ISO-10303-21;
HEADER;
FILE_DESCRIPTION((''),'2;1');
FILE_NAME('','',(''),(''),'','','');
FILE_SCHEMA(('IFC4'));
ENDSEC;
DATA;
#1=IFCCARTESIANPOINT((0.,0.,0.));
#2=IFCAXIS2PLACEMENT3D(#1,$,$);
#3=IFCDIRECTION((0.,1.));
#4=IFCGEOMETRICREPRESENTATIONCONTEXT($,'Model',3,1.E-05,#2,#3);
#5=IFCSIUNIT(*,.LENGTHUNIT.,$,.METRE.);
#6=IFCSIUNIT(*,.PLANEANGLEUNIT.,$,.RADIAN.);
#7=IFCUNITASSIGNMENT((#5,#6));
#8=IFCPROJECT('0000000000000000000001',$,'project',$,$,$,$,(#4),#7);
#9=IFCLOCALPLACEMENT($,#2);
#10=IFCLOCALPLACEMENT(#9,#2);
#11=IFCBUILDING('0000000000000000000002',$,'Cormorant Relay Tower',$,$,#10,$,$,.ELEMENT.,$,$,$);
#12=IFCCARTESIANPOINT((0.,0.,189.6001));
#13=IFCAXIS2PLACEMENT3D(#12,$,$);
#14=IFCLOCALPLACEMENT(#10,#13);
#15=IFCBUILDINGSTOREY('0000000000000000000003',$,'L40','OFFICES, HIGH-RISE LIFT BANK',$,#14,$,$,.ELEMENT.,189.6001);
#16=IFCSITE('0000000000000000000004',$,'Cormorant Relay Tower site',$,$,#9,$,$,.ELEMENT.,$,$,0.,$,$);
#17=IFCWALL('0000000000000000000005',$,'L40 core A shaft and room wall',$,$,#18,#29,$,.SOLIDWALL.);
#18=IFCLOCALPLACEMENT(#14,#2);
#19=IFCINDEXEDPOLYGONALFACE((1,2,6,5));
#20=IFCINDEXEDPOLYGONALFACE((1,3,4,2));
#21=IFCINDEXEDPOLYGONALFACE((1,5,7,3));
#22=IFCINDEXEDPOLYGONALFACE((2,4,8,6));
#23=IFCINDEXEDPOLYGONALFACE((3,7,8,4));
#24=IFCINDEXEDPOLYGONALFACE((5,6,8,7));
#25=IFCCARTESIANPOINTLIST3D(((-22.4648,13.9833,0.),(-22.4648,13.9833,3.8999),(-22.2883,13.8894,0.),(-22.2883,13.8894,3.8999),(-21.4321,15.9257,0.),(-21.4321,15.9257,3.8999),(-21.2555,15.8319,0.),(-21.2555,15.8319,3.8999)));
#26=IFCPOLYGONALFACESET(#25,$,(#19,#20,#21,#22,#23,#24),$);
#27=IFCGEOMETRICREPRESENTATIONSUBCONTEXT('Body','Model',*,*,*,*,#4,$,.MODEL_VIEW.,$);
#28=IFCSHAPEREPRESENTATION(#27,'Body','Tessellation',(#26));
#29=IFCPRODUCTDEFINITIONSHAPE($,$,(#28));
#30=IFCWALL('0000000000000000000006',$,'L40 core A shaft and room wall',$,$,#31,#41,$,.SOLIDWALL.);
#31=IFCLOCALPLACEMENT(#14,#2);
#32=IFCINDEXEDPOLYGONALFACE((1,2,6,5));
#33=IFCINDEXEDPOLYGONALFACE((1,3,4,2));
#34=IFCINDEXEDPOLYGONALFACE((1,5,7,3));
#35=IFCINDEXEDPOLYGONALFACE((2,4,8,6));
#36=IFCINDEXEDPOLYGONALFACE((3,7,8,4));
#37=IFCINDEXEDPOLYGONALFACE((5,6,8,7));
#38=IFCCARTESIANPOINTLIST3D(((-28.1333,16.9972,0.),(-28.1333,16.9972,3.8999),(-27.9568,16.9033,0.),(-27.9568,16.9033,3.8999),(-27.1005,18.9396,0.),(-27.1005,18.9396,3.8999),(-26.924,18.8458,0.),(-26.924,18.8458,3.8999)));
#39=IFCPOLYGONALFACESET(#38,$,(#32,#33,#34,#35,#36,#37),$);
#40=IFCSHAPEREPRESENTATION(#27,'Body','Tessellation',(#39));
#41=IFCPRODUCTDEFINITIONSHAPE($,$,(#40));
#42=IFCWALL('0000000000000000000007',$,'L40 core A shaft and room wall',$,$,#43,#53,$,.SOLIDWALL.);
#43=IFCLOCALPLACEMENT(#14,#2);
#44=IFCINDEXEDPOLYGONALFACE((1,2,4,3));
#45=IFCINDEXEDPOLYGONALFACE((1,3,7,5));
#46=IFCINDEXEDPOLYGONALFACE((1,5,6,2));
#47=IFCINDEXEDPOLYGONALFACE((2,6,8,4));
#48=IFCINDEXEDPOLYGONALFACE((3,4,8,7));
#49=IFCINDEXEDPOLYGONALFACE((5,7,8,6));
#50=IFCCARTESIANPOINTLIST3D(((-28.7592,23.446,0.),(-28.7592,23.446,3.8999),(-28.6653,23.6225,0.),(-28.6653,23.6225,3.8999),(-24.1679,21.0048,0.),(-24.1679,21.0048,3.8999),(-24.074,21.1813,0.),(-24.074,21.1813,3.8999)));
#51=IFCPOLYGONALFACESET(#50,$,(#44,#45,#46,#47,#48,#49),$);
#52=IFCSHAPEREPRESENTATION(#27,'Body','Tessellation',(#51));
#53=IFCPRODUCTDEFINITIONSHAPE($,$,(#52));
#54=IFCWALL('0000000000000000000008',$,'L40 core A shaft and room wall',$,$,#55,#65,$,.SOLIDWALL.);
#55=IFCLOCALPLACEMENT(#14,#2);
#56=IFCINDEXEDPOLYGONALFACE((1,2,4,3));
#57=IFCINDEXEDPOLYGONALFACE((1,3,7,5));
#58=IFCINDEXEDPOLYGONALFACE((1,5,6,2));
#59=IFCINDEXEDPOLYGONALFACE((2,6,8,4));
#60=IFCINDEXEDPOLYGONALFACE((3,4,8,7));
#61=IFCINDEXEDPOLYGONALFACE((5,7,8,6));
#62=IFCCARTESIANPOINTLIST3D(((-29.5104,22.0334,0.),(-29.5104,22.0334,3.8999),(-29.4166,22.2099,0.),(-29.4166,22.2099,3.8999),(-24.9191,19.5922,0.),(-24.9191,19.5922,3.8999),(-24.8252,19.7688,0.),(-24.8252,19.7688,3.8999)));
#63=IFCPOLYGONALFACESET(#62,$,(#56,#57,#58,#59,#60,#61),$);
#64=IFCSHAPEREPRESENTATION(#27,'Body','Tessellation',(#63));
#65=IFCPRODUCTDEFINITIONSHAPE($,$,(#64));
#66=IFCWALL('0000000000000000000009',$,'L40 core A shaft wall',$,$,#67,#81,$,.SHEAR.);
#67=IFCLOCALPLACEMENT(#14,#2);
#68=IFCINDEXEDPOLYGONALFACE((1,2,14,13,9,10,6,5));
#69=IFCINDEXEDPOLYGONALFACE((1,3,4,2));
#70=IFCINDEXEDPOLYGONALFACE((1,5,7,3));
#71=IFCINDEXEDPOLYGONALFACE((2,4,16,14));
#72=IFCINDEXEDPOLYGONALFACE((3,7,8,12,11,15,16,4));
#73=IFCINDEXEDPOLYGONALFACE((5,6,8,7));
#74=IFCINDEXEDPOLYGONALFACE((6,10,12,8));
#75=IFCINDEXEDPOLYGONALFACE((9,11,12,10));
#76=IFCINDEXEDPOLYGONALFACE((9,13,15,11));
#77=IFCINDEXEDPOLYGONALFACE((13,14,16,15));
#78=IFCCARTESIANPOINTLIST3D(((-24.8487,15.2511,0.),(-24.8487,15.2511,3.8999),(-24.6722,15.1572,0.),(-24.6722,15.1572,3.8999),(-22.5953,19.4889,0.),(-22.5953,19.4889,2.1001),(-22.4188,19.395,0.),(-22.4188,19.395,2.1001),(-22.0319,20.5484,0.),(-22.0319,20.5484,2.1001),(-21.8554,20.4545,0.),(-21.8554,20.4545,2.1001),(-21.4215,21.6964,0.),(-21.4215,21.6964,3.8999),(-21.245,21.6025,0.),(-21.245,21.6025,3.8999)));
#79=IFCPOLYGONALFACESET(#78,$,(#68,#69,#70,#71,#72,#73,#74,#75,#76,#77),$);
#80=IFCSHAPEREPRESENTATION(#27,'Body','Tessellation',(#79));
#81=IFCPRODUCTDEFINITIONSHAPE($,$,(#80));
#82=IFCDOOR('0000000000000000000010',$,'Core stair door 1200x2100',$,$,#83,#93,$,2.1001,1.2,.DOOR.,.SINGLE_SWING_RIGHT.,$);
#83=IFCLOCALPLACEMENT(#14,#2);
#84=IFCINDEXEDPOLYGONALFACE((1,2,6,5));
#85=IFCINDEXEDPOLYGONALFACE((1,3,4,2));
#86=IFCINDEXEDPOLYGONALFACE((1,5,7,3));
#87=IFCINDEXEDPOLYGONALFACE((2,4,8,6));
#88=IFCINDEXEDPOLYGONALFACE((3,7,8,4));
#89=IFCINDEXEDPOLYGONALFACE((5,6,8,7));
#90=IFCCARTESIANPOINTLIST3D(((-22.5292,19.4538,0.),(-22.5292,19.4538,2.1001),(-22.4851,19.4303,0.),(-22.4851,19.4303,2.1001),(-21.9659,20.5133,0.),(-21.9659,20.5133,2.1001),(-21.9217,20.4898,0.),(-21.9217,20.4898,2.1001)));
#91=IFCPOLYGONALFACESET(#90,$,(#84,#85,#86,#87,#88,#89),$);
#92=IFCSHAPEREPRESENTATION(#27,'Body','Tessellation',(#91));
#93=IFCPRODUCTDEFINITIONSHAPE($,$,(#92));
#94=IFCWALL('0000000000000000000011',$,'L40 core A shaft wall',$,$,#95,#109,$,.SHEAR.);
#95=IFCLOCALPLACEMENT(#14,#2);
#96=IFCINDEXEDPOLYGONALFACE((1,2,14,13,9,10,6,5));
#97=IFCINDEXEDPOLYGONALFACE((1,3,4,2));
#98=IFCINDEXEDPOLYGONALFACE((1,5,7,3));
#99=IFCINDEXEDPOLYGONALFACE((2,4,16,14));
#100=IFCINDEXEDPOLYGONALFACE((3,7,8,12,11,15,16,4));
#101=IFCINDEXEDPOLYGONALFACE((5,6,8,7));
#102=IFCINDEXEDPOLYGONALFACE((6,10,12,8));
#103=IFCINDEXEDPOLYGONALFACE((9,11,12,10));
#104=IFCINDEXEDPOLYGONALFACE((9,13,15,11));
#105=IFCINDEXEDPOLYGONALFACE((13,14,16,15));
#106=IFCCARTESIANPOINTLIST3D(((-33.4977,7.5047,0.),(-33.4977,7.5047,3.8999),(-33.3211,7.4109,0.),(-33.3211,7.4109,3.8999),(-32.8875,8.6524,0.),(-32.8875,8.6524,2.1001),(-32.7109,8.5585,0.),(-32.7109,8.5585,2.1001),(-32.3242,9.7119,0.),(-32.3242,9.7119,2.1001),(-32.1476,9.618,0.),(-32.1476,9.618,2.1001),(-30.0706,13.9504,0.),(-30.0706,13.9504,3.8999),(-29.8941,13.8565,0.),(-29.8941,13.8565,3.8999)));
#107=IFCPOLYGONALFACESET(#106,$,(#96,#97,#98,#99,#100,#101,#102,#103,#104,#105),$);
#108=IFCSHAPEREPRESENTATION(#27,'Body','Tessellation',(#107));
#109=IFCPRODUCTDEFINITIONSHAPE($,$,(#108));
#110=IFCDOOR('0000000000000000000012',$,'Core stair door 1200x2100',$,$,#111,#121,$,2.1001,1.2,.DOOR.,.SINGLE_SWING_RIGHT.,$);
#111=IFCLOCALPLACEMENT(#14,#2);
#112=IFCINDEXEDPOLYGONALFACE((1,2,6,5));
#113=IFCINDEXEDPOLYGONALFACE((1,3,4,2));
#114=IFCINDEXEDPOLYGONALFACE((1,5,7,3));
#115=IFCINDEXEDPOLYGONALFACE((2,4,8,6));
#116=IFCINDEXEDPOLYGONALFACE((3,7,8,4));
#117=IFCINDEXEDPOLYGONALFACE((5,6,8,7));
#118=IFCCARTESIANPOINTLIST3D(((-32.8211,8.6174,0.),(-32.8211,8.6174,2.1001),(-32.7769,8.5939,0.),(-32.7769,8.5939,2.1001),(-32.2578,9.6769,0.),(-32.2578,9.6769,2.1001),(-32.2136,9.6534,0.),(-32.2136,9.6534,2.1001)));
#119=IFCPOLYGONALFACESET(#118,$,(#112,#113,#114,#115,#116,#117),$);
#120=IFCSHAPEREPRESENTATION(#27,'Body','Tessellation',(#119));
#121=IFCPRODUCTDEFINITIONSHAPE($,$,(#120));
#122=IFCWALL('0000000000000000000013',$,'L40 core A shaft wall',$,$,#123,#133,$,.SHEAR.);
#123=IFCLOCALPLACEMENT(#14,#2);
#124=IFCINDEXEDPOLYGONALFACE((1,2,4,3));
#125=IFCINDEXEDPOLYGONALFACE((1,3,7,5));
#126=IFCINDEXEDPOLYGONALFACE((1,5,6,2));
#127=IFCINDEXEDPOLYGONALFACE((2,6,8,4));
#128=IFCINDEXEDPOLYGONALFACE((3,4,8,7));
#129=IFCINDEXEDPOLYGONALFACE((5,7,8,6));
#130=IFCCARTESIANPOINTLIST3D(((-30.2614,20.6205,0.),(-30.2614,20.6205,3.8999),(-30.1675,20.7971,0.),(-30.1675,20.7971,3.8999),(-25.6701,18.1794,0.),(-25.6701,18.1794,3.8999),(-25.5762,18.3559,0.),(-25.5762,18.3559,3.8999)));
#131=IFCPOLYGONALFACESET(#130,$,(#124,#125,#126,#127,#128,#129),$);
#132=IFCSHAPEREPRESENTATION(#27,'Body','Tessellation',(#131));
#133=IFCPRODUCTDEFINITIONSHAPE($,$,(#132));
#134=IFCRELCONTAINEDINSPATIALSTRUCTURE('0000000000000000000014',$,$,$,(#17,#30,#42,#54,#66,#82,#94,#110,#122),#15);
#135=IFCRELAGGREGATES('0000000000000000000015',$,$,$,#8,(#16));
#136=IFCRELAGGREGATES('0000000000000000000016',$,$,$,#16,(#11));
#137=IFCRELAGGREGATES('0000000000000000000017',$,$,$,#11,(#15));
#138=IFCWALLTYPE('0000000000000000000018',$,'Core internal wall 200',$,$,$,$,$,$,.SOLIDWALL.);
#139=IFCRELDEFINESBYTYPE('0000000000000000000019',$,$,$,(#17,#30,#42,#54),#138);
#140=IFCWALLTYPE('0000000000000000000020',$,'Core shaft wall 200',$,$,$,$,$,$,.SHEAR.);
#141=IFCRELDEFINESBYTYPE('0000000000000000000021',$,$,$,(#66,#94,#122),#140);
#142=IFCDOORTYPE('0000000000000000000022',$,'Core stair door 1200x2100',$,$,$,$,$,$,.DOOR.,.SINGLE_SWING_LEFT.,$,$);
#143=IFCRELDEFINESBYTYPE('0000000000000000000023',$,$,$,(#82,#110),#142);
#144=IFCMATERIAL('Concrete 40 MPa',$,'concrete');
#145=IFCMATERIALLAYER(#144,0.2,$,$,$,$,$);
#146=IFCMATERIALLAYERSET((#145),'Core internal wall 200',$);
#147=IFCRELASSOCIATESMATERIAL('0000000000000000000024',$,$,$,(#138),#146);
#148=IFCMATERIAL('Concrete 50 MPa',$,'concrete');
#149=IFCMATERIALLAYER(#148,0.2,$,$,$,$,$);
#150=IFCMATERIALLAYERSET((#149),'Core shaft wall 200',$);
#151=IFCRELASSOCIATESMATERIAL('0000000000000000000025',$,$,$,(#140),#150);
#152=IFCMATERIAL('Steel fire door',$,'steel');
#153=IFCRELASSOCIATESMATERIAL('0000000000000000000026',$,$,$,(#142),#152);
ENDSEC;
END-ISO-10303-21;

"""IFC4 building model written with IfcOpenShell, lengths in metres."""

from ifc_helpers import new_model, si_unit, direction, frame, frame_2d, origin, place, context, subcontext, project, spatial, rectangle, extrude, material, layer, layer_set, type_object, element, fill, save


model = new_model("IFC4")

# Units and contexts
model_context = context("Model", 3, precision=1e-05, world=origin(), true_north=direction((0.0, 1.0)))
body_context = subcontext(model_context, "Body", "Model", "MODEL_VIEW")
ifc_project = project(units=[si_unit("LENGTHUNIT", "METRE"), si_unit("PLANEANGLEUNIT", "RADIAN")], contexts=[model_context])

# Site, building, storey
site_placement = place(None, origin())
site = spatial("IfcSite", under=ifc_project, at=site_placement, Name="Cormorant Relay Tower site", CompositionType="ELEMENT", RefElevation=0.0)
building_placement = place(site_placement, origin())
building = spatial("IfcBuilding", under=site, at=building_placement, Name="Cormorant Relay Tower", CompositionType="ELEMENT")
storey_placement = place(building_placement, frame((0.0, 0.0, 189.6001)))
storey = spatial("IfcBuildingStorey", under=building, at=storey_placement, Name="L40", Description="OFFICES, HIGH-RISE LIFT BANK", CompositionType="ELEMENT", Elevation=189.6001)

# Walls
ifc_material_1 = material(Name="Concrete 40 MPa", Category="concrete")
ifc_layer_1 = layer(ifc_material_1, 0.2)
ifc_layer_set_1 = layer_set([ifc_layer_1], Name="Core internal wall 200")
wall_type_1 = type_object("IfcWallType", Name="Core internal wall 200", PredefinedType="SOLIDWALL", material=ifc_layer_set_1)
for number, where, z_axis, x_axis, name in (
    (1, (-21.3438, 15.8789, 0.0), (0.0, 0.0, 1.0), (-0.469447, -0.88296, 0.0), "L40 core A shaft and room wall"),
    (2, (-27.0122, 18.8928, 0.0), (0.0, 0.0, 1.0), (-0.469447, -0.88296, 0.0), "L40 core A shaft and room wall"),
):
    element("IfcWall", number, at=place(storey_placement, frame(where, z_axis=z_axis, x_axis=x_axis)), inside=storey, type_object=wall_type_1, Name=name, PredefinedType="SOLIDWALL", context=body_context, shape_type="SweptSolid", body=[
        extrude(rectangle(XDim=2.2, YDim=0.2, at=frame_2d((1.1001, 0.0))), origin(), (0.0, 0.0, 1.0), 3.8999),
    ])
for number, where, z_axis, x_axis, name in (
    (3, (-24.1208, 21.093, 0.0), (0.0, 0.0, 1.0), (-0.882954, 0.46946, 0.0), "L40 core A shaft and room wall"),
    (4, (-24.8721, 19.6804, 0.0), (0.0, 0.0, 1.0), (-0.882954, 0.46946, 0.0), "L40 core A shaft and room wall"),
):
    element("IfcWall", number, at=place(storey_placement, frame(where, z_axis=z_axis, x_axis=x_axis)), inside=storey, type_object=wall_type_1, Name=name, PredefinedType="SOLIDWALL", context=body_context, shape_type="SweptSolid", body=[
        extrude(rectangle(XDim=5.2, YDim=0.2, at=frame_2d((2.6001, 0.0))), origin(), (0.0, 0.0, 1.0), 3.8999),
    ])

# Walls, openings, doors
ifc_material_2 = material(Name="Concrete 50 MPa", Category="concrete")
ifc_layer_2 = layer(ifc_material_2, 0.2)
ifc_layer_set_2 = layer_set([ifc_layer_2], Name="Core shaft wall 200")
wall_type_2 = type_object("IfcWallType", Name="Core shaft wall 200", PredefinedType="SHEAR", material=ifc_layer_set_2)
wall_1_placement = place(storey_placement, frame((-21.3333, 21.6494, 0.0), z_axis=(0.0, 0.0, 1.0), x_axis=(-0.469494, -0.882936, 0.0)))
wall_1 = element("IfcWall", 5, at=wall_1_placement, inside=storey, type_object=wall_type_2, Name="L40 core A shaft wall", PredefinedType="SHEAR", context=body_context, shape_type="SweptSolid", body=[
    extrude(rectangle(XDim=7.2998, YDim=0.2, at=frame_2d((3.6499, 0.0))), origin(), (0.0, 0.0, 1.0), 3.8999),
])
opening_1_placement = place(wall_1_placement, frame((1.3, 0.0, 0.0)))
opening_1 = element("IfcOpeningElement", 6, at=opening_1_placement, cuts=wall_1, PredefinedType="OPENING", context=body_context, shape_type="SweptSolid", body=[
    extrude(rectangle(XDim=1.2, YDim=2.1001, at=frame_2d((0.6001, 1.05))), frame((0.0, 0.1099, 0.0), z_axis=(0.0, -1.0, 0.0), x_axis=(1.0, 0.0, 0.0)), (0.0, 0.0, 1.0), 0.22),
])
ifc_material_3 = material(Name="Steel fire door", Category="steel")
door_type_1 = type_object("IfcDoorType", Name="Core stair door 1200x2100", OperationType="SINGLE_SWING_LEFT", PredefinedType="DOOR", material=ifc_material_3)
door_1_placement = place(opening_1_placement, origin())
door_1 = element("IfcDoor", 7, at=door_1_placement, inside=storey, type_object=door_type_1, Name="Core stair door 1200x2100", OperationType="SINGLE_SWING_RIGHT", OverallHeight=2.1001, OverallWidth=1.2, PredefinedType="DOOR", context=body_context, shape_type="SweptSolid", body=[
    extrude(rectangle(XDim=1.2, YDim=2.1001, at=frame_2d((0.6001, 1.05))), frame((0.0, 0.0249, 0.0), z_axis=(0.0, -1.0, 0.0), x_axis=(1.0, 0.0, 0.0)), (0.0, 0.0, 1.0), 0.05),
])
fill(opening_1, door_1)
wall_2_placement = place(storey_placement, frame((-29.9824, 13.9033, 0.0), z_axis=(0.0, 0.0, 1.0), x_axis=(-0.469454, -0.882957, 0.0)))
wall_2 = element("IfcWall", 8, at=wall_2_placement, inside=storey, type_object=wall_type_2, Name="L40 core A shaft wall", PredefinedType="SHEAR", context=body_context, shape_type="SweptSolid", body=[
    extrude(rectangle(XDim=7.3, YDim=0.2, at=frame_2d((3.6499, 0.0))), origin(), (0.0, 0.0, 1.0), 3.8999),
])
opening_2_placement = place(wall_2_placement, frame((4.8, 0.0, 0.0)))
opening_2 = element("IfcOpeningElement", 9, at=opening_2_placement, cuts=wall_2, PredefinedType="OPENING", context=body_context, shape_type="SweptSolid", body=[
    extrude(rectangle(XDim=1.2, YDim=2.1001, at=frame_2d((0.6001, 1.05))), frame((0.0, 0.1099, 0.0), z_axis=(0.0, -1.0, 0.0), x_axis=(1.0, 0.0, 0.0)), (0.0, 0.0, 1.0), 0.22),
])
door_2_placement = place(opening_2_placement, frame((1.2, 0.0, 0.0), z_axis=(0.0, 0.0, 1.0), x_axis=(-1.0, 0.0, 0.0)))
door_2 = element("IfcDoor", 10, at=door_2_placement, inside=storey, type_object=door_type_1, Name="Core stair door 1200x2100", OperationType="SINGLE_SWING_RIGHT", OverallHeight=2.1001, OverallWidth=1.2, PredefinedType="DOOR", context=body_context, shape_type="SweptSolid", body=[
    extrude(rectangle(XDim=1.2, YDim=2.1001, at=frame_2d((0.6001, 1.05))), frame((0.0, 0.0249, 0.0), z_axis=(0.0, -1.0, 0.0), x_axis=(1.0, 0.0, 0.0)), (0.0, 0.0, 1.0), 0.05),
])
fill(opening_2, door_2)

# Wall
wall_3_placement = place(storey_placement, frame((-25.623, 18.2676, 0.0), z_axis=(0.0, 0.0, 1.0), x_axis=(-0.882954, 0.46946, 0.0)))
element("IfcWall", 11, at=wall_3_placement, inside=storey, type_object=wall_type_2, Name="L40 core A shaft wall", PredefinedType="SHEAR", context=body_context, shape_type="SweptSolid", body=[
    extrude(rectangle(XDim=5.2, YDim=0.2, at=frame_2d((2.6001, 0.0))), origin(), (0.0, 0.0, 1.0), 3.8999),
])

save(model, "model.ifc")
